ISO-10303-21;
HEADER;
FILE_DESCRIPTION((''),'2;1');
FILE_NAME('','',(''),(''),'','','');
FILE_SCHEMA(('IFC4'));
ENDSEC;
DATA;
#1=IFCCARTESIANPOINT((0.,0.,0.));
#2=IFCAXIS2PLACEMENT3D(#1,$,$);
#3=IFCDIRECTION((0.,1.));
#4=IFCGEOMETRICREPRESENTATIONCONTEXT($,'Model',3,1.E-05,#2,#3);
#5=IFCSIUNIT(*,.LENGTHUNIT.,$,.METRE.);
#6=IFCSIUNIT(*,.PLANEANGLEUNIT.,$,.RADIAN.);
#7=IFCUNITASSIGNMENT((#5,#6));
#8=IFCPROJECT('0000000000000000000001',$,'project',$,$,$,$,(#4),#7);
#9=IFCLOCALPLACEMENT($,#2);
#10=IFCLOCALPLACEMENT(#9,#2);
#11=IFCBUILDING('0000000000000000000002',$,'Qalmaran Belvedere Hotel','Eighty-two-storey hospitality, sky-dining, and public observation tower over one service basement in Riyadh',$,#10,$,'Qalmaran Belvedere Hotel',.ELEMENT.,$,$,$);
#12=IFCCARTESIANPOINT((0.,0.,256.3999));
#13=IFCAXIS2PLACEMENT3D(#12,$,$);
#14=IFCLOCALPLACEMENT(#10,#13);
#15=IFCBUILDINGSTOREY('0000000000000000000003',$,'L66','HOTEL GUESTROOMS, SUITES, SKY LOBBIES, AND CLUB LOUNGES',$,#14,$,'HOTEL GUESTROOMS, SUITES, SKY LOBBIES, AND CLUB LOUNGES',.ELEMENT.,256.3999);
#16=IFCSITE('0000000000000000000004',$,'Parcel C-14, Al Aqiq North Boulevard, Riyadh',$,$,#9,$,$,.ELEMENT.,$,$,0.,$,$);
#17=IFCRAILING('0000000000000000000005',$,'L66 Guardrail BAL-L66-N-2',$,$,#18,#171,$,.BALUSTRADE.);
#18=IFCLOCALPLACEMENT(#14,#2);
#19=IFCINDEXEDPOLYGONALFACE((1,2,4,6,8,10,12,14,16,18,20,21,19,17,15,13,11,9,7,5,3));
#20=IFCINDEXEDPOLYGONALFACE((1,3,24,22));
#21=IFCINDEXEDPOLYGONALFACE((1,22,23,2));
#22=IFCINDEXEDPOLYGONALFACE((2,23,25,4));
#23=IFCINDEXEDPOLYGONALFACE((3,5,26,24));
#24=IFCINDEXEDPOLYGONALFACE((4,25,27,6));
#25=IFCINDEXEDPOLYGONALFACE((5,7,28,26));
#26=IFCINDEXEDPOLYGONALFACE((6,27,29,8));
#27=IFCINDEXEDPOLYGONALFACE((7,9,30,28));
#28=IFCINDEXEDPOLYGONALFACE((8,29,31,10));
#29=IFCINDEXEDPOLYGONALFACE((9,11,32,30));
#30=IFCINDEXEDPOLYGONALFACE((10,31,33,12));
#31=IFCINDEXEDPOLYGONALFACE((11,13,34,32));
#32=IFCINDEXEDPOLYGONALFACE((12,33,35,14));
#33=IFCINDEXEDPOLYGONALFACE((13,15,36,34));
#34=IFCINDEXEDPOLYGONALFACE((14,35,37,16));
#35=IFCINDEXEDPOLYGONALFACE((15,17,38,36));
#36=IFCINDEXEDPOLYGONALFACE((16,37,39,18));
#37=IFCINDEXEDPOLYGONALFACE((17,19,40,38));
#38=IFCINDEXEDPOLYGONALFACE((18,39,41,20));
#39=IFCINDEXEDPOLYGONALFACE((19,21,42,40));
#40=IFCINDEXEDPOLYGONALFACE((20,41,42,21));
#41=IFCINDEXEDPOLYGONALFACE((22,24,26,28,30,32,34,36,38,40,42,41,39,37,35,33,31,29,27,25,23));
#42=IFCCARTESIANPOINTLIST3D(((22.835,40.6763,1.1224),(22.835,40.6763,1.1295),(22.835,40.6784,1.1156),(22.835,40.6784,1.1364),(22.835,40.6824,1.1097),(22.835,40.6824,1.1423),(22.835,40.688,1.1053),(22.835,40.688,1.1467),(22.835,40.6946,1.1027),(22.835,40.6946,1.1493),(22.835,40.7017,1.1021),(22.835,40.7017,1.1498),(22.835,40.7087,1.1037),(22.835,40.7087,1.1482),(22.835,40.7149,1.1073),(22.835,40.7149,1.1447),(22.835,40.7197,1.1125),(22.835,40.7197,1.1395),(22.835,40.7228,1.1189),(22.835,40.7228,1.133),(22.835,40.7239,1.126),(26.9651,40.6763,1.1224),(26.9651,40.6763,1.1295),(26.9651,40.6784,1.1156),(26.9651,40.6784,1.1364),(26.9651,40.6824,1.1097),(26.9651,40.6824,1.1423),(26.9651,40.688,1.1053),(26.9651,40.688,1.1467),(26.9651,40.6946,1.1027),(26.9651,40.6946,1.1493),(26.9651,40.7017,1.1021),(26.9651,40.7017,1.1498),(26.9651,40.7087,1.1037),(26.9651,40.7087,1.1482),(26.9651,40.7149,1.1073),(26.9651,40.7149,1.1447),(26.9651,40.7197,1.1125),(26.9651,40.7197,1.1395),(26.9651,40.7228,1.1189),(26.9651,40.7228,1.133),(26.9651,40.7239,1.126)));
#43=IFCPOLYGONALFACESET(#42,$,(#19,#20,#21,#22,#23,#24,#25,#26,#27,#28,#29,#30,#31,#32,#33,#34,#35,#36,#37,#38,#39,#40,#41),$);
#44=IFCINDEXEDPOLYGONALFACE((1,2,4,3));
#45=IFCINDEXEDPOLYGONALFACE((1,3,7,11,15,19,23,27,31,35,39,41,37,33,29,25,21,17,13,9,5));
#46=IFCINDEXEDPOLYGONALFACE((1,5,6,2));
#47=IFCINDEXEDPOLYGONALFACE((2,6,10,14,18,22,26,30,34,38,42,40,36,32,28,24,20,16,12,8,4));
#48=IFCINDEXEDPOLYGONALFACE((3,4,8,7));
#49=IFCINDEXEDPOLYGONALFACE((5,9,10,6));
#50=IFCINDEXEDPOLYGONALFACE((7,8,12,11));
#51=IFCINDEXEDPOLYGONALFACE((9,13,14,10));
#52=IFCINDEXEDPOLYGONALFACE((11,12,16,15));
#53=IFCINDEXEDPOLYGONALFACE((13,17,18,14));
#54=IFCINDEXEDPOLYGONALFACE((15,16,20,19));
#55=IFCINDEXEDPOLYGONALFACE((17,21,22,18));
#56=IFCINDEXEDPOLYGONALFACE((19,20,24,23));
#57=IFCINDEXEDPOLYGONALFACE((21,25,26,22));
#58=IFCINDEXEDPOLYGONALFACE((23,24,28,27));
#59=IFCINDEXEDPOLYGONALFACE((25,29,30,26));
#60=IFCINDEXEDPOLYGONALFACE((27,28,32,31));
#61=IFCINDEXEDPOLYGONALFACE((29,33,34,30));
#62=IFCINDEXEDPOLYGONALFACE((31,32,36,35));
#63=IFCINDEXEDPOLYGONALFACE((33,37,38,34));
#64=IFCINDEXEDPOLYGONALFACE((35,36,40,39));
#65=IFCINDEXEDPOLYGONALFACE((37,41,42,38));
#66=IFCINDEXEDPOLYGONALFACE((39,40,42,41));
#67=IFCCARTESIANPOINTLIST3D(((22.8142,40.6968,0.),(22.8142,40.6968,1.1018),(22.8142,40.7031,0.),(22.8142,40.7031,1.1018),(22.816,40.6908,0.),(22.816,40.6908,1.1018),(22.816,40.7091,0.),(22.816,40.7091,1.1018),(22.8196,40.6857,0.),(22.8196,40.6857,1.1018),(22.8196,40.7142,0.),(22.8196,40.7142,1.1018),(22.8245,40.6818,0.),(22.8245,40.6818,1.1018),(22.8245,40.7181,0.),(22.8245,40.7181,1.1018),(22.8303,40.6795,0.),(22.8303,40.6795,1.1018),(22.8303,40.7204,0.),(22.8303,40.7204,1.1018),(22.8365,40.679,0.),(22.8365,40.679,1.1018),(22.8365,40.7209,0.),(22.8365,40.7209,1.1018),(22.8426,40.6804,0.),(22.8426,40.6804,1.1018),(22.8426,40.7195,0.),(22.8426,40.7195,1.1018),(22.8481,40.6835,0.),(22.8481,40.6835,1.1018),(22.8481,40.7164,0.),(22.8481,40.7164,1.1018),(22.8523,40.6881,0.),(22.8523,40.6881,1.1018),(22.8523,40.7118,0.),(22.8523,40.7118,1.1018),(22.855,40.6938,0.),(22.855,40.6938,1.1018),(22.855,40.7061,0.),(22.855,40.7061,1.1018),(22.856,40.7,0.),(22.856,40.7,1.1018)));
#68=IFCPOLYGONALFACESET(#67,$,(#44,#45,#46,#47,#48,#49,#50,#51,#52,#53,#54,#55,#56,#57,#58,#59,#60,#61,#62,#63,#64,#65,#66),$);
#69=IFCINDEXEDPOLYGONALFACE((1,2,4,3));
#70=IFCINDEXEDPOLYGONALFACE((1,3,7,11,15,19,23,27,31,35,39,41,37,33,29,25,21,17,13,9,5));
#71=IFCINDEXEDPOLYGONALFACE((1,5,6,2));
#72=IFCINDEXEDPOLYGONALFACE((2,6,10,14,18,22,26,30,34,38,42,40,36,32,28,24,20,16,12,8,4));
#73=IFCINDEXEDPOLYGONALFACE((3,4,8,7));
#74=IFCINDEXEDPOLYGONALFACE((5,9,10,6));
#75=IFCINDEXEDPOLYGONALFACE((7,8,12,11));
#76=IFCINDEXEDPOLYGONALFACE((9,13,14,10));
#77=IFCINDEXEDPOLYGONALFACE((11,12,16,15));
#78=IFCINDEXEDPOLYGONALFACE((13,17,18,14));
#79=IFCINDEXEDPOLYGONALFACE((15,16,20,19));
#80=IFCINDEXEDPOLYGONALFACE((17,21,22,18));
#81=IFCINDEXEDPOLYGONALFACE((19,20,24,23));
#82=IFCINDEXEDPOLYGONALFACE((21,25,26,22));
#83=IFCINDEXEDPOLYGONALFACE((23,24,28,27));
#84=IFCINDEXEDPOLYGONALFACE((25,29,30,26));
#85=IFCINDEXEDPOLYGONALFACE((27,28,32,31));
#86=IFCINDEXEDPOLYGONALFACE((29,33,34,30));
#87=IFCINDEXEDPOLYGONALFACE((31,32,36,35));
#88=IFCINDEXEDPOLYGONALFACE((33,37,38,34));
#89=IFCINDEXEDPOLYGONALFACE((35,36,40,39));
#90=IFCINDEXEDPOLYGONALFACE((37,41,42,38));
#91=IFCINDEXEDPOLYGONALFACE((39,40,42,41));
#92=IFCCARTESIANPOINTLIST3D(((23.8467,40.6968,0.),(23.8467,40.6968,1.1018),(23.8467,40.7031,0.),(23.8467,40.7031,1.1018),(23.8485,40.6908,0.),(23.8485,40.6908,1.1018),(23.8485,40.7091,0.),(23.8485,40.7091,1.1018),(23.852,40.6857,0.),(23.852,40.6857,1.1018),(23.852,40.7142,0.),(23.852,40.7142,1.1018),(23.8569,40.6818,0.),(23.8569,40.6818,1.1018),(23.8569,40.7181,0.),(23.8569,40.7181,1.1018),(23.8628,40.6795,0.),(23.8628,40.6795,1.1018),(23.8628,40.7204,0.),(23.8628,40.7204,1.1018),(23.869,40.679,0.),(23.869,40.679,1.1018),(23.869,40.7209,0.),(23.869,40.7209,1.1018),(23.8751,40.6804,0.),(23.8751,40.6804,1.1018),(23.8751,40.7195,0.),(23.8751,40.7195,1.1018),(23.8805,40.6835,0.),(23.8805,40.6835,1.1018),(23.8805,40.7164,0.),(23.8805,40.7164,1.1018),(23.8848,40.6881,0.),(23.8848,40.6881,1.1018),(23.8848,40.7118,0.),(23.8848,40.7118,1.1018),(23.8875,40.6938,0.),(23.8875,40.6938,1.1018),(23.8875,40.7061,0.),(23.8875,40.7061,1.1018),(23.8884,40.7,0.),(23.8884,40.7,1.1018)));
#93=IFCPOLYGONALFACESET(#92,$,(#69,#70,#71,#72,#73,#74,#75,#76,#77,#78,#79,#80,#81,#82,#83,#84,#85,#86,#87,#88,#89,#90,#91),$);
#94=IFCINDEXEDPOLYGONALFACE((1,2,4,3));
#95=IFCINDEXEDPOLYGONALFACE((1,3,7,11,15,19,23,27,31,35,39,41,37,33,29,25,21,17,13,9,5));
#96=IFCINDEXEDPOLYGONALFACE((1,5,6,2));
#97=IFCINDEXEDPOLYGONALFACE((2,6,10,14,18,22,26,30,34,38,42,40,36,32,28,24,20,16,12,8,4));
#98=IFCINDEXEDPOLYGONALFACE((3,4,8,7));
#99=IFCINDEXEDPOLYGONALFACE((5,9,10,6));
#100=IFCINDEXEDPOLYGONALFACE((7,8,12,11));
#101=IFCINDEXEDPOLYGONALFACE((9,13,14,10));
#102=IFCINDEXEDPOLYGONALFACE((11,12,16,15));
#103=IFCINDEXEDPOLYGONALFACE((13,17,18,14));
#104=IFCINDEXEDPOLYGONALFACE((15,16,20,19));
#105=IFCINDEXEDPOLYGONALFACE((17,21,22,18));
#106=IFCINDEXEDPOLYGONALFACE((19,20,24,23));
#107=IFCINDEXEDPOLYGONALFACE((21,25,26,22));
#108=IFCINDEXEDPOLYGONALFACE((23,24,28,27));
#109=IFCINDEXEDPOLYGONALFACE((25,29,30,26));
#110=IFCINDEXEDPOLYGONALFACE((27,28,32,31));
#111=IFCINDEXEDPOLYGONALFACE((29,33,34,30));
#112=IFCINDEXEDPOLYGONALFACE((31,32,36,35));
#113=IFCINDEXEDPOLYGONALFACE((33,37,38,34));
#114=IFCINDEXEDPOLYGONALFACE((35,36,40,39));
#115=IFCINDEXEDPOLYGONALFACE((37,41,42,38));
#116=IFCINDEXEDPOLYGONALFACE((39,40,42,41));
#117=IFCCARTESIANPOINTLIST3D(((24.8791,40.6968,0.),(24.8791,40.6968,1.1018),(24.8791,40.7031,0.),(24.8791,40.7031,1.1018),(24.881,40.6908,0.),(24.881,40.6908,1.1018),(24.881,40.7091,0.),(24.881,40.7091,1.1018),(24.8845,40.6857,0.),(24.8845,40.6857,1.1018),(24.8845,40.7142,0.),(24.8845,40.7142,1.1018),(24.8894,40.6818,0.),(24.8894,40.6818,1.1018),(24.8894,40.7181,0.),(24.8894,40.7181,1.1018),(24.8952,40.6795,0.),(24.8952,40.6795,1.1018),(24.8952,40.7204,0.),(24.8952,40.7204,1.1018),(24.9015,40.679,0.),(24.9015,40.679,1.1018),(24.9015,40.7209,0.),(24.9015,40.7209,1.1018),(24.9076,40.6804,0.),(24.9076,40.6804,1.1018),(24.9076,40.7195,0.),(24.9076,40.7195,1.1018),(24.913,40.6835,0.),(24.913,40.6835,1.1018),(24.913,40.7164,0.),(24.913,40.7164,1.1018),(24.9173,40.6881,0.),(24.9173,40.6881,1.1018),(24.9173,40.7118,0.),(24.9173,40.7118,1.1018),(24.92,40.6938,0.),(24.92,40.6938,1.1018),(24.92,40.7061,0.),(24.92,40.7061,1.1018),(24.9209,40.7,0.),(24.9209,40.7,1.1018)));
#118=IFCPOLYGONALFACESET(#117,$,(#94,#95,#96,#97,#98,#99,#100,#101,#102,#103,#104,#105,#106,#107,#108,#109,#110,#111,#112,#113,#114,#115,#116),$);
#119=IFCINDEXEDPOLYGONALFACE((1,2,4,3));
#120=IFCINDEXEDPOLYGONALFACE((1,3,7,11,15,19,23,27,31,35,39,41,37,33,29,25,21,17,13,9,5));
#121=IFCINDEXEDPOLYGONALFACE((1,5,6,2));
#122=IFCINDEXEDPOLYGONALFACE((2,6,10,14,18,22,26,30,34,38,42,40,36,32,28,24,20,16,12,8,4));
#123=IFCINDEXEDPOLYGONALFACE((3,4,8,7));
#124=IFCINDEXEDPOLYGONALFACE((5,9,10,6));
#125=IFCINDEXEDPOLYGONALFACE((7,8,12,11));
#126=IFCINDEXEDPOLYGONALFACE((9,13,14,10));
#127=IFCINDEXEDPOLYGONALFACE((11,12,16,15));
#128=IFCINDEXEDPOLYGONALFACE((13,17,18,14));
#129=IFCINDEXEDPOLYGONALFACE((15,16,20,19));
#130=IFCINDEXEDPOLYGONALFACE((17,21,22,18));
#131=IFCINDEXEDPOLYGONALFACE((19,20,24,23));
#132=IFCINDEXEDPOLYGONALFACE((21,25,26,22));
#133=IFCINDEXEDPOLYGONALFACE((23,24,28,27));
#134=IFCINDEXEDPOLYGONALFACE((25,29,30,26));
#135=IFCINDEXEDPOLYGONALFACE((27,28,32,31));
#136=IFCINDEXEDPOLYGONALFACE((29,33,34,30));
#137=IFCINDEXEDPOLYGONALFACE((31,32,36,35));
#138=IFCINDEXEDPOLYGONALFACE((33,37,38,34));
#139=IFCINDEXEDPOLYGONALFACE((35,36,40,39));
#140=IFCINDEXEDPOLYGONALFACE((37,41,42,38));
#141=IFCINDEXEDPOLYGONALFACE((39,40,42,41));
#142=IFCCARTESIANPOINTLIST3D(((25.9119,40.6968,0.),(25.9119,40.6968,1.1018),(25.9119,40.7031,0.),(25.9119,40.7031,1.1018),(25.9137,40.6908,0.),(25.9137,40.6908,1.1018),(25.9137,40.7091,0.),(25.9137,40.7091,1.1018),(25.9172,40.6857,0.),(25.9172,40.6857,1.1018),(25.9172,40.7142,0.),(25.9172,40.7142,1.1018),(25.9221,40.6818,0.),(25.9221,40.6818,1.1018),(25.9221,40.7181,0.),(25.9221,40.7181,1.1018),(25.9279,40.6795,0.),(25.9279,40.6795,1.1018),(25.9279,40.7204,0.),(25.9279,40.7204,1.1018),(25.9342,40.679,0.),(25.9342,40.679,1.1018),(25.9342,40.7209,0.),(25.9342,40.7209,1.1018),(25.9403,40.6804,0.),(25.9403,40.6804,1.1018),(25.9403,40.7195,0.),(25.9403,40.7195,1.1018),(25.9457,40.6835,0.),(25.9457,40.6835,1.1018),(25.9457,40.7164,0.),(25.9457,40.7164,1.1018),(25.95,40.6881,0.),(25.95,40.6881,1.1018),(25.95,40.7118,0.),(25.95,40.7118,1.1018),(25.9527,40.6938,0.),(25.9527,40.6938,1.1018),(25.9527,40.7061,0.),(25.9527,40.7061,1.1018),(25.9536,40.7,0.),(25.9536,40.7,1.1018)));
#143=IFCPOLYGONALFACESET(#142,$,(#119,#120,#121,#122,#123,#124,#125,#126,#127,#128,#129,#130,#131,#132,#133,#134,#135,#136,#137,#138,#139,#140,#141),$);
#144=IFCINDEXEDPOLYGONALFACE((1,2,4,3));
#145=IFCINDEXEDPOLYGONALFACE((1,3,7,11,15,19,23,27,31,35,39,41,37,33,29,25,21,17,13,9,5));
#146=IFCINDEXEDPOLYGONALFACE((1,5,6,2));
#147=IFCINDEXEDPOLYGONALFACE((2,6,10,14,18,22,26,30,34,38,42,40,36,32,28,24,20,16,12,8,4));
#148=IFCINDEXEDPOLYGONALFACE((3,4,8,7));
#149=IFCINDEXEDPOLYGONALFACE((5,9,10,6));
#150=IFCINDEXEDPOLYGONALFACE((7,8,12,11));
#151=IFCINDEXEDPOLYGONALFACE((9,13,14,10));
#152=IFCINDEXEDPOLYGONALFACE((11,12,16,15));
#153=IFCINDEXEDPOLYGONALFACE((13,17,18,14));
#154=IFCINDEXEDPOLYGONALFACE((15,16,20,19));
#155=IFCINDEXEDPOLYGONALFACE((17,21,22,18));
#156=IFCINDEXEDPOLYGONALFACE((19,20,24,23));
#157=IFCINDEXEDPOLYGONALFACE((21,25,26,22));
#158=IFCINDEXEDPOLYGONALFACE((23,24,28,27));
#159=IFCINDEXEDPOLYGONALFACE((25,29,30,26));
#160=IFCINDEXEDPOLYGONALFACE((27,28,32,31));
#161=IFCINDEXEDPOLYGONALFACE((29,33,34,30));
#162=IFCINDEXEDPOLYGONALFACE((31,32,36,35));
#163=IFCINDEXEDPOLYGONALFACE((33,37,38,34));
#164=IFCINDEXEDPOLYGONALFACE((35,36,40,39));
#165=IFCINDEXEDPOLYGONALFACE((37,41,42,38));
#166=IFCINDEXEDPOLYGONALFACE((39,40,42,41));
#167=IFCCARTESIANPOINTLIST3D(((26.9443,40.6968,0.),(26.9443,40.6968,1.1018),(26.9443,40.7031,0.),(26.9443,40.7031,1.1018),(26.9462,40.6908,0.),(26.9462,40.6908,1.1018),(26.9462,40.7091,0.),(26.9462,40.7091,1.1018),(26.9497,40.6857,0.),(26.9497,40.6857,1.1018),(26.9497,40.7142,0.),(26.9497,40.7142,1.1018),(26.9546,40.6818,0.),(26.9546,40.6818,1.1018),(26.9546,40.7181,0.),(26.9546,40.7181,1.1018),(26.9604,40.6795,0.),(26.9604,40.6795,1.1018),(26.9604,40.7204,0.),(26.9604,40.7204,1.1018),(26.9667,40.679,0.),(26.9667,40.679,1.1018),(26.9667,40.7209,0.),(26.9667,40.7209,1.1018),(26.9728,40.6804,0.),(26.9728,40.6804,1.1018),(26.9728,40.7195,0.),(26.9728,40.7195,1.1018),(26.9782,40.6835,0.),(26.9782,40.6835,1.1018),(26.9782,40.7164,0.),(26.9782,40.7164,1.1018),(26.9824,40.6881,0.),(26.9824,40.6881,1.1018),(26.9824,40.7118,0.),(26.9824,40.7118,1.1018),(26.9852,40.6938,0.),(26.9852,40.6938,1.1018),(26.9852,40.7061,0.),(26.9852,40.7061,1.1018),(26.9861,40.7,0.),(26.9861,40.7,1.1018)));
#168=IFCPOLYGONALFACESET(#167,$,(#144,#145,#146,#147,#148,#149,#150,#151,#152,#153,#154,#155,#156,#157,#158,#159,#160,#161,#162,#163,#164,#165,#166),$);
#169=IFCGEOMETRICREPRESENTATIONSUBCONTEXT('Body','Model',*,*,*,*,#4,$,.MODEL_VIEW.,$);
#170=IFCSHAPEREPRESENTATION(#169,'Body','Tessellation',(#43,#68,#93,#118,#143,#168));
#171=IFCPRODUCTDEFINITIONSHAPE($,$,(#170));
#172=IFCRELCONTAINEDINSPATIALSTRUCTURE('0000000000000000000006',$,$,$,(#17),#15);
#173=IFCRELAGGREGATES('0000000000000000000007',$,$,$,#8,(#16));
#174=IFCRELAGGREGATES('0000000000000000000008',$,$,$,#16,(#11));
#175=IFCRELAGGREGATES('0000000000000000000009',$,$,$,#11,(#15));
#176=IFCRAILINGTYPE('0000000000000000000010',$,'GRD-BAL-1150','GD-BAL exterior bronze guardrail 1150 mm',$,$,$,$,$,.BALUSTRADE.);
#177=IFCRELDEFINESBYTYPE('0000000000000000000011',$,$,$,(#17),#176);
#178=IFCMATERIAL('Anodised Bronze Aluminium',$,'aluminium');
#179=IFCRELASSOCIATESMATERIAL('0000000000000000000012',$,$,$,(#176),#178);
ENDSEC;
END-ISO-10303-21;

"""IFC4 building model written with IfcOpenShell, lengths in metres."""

from ifc_helpers import new_model, si_unit, direction, frame, origin, origin_2d, place, context, subcontext, project, spatial, circle, extrude, material, type_object, element, save


model = new_model("IFC4")

# Units and contexts
model_context = context("Model", 3, precision=1e-05, world=origin(), true_north=direction((0.0, 1.0)))
body_context = subcontext(model_context, "Body", "Model", "MODEL_VIEW")
ifc_project = project(units=[si_unit("LENGTHUNIT", "METRE"), si_unit("PLANEANGLEUNIT", "RADIAN")], contexts=[model_context])

# Site, building, storey
site_placement = place(None, origin())
site = spatial("IfcSite", under=ifc_project, at=site_placement, Name="Parcel C-14, Al Aqiq North Boulevard, Riyadh", CompositionType="ELEMENT", RefElevation=0.0)
building_placement = place(site_placement, origin())
building = spatial("IfcBuilding", under=site, at=building_placement, Name="Qalmaran Belvedere Hotel", Description="Eighty-two-storey hospitality, sky-dining, and public observation tower over one service basement in Riyadh", LongName="Qalmaran Belvedere Hotel", CompositionType="ELEMENT")
storey_placement = place(building_placement, frame((0.0, 0.0, 256.3999)))
storey = spatial("IfcBuildingStorey", under=building, at=storey_placement, Name="L66", Description="HOTEL GUESTROOMS, SUITES, SKY LOBBIES, AND CLUB LOUNGES", LongName="HOTEL GUESTROOMS, SUITES, SKY LOBBIES, AND CLUB LOUNGES", CompositionType="ELEMENT", Elevation=256.3999)

# Shared definitions
ifc_material_1 = material(Name="Anodised Bronze Aluminium", Category="aluminium")

# Railing
railing_type = type_object("IfcRailingType", Name="GRD-BAL-1150", Description="GD-BAL exterior bronze guardrail 1150 mm", PredefinedType="BALUSTRADE", material=ifc_material_1)
railing_1_placement = place(storey_placement, frame((22.835, 40.7, 0.0)))
element("IfcRailing", 1, at=railing_1_placement, inside=storey, type_object=railing_type, Name="L66 Guardrail BAL-L66-N-2", PredefinedType="BALUSTRADE", context=body_context, shape_type="SweptSolid", body=[
    extrude(circle(Radius=0.0239, at=origin_2d()), frame((0.0, 0.0, 1.126), z_axis=(1.0, 0.0, 0.0), x_axis=(0.0, 1.0, 0.0)), (0.0, 0.0, 1.0), 4.1301),
    extrude(circle(Radius=0.021, at=origin_2d()), origin(), (0.0, 0.0, 1.0), 1.1018),
    extrude(circle(Radius=0.021, at=origin_2d()), frame((1.0325, 0.0, 0.0)), (0.0, 0.0, 1.0), 1.1018),
    extrude(circle(Radius=0.021, at=origin_2d()), frame((2.0649, 0.0, 0.0)), (0.0, 0.0, 1.0), 1.1018),
    extrude(circle(Radius=0.021, at=origin_2d()), frame((3.0977, 0.0, 0.0)), (0.0, 0.0, 1.0), 1.1018),
    extrude(circle(Radius=0.021, at=origin_2d()), frame((4.1301, 0.0, 0.0)), (0.0, 0.0, 1.0), 1.1018),
])

save(model, "model.ifc")
